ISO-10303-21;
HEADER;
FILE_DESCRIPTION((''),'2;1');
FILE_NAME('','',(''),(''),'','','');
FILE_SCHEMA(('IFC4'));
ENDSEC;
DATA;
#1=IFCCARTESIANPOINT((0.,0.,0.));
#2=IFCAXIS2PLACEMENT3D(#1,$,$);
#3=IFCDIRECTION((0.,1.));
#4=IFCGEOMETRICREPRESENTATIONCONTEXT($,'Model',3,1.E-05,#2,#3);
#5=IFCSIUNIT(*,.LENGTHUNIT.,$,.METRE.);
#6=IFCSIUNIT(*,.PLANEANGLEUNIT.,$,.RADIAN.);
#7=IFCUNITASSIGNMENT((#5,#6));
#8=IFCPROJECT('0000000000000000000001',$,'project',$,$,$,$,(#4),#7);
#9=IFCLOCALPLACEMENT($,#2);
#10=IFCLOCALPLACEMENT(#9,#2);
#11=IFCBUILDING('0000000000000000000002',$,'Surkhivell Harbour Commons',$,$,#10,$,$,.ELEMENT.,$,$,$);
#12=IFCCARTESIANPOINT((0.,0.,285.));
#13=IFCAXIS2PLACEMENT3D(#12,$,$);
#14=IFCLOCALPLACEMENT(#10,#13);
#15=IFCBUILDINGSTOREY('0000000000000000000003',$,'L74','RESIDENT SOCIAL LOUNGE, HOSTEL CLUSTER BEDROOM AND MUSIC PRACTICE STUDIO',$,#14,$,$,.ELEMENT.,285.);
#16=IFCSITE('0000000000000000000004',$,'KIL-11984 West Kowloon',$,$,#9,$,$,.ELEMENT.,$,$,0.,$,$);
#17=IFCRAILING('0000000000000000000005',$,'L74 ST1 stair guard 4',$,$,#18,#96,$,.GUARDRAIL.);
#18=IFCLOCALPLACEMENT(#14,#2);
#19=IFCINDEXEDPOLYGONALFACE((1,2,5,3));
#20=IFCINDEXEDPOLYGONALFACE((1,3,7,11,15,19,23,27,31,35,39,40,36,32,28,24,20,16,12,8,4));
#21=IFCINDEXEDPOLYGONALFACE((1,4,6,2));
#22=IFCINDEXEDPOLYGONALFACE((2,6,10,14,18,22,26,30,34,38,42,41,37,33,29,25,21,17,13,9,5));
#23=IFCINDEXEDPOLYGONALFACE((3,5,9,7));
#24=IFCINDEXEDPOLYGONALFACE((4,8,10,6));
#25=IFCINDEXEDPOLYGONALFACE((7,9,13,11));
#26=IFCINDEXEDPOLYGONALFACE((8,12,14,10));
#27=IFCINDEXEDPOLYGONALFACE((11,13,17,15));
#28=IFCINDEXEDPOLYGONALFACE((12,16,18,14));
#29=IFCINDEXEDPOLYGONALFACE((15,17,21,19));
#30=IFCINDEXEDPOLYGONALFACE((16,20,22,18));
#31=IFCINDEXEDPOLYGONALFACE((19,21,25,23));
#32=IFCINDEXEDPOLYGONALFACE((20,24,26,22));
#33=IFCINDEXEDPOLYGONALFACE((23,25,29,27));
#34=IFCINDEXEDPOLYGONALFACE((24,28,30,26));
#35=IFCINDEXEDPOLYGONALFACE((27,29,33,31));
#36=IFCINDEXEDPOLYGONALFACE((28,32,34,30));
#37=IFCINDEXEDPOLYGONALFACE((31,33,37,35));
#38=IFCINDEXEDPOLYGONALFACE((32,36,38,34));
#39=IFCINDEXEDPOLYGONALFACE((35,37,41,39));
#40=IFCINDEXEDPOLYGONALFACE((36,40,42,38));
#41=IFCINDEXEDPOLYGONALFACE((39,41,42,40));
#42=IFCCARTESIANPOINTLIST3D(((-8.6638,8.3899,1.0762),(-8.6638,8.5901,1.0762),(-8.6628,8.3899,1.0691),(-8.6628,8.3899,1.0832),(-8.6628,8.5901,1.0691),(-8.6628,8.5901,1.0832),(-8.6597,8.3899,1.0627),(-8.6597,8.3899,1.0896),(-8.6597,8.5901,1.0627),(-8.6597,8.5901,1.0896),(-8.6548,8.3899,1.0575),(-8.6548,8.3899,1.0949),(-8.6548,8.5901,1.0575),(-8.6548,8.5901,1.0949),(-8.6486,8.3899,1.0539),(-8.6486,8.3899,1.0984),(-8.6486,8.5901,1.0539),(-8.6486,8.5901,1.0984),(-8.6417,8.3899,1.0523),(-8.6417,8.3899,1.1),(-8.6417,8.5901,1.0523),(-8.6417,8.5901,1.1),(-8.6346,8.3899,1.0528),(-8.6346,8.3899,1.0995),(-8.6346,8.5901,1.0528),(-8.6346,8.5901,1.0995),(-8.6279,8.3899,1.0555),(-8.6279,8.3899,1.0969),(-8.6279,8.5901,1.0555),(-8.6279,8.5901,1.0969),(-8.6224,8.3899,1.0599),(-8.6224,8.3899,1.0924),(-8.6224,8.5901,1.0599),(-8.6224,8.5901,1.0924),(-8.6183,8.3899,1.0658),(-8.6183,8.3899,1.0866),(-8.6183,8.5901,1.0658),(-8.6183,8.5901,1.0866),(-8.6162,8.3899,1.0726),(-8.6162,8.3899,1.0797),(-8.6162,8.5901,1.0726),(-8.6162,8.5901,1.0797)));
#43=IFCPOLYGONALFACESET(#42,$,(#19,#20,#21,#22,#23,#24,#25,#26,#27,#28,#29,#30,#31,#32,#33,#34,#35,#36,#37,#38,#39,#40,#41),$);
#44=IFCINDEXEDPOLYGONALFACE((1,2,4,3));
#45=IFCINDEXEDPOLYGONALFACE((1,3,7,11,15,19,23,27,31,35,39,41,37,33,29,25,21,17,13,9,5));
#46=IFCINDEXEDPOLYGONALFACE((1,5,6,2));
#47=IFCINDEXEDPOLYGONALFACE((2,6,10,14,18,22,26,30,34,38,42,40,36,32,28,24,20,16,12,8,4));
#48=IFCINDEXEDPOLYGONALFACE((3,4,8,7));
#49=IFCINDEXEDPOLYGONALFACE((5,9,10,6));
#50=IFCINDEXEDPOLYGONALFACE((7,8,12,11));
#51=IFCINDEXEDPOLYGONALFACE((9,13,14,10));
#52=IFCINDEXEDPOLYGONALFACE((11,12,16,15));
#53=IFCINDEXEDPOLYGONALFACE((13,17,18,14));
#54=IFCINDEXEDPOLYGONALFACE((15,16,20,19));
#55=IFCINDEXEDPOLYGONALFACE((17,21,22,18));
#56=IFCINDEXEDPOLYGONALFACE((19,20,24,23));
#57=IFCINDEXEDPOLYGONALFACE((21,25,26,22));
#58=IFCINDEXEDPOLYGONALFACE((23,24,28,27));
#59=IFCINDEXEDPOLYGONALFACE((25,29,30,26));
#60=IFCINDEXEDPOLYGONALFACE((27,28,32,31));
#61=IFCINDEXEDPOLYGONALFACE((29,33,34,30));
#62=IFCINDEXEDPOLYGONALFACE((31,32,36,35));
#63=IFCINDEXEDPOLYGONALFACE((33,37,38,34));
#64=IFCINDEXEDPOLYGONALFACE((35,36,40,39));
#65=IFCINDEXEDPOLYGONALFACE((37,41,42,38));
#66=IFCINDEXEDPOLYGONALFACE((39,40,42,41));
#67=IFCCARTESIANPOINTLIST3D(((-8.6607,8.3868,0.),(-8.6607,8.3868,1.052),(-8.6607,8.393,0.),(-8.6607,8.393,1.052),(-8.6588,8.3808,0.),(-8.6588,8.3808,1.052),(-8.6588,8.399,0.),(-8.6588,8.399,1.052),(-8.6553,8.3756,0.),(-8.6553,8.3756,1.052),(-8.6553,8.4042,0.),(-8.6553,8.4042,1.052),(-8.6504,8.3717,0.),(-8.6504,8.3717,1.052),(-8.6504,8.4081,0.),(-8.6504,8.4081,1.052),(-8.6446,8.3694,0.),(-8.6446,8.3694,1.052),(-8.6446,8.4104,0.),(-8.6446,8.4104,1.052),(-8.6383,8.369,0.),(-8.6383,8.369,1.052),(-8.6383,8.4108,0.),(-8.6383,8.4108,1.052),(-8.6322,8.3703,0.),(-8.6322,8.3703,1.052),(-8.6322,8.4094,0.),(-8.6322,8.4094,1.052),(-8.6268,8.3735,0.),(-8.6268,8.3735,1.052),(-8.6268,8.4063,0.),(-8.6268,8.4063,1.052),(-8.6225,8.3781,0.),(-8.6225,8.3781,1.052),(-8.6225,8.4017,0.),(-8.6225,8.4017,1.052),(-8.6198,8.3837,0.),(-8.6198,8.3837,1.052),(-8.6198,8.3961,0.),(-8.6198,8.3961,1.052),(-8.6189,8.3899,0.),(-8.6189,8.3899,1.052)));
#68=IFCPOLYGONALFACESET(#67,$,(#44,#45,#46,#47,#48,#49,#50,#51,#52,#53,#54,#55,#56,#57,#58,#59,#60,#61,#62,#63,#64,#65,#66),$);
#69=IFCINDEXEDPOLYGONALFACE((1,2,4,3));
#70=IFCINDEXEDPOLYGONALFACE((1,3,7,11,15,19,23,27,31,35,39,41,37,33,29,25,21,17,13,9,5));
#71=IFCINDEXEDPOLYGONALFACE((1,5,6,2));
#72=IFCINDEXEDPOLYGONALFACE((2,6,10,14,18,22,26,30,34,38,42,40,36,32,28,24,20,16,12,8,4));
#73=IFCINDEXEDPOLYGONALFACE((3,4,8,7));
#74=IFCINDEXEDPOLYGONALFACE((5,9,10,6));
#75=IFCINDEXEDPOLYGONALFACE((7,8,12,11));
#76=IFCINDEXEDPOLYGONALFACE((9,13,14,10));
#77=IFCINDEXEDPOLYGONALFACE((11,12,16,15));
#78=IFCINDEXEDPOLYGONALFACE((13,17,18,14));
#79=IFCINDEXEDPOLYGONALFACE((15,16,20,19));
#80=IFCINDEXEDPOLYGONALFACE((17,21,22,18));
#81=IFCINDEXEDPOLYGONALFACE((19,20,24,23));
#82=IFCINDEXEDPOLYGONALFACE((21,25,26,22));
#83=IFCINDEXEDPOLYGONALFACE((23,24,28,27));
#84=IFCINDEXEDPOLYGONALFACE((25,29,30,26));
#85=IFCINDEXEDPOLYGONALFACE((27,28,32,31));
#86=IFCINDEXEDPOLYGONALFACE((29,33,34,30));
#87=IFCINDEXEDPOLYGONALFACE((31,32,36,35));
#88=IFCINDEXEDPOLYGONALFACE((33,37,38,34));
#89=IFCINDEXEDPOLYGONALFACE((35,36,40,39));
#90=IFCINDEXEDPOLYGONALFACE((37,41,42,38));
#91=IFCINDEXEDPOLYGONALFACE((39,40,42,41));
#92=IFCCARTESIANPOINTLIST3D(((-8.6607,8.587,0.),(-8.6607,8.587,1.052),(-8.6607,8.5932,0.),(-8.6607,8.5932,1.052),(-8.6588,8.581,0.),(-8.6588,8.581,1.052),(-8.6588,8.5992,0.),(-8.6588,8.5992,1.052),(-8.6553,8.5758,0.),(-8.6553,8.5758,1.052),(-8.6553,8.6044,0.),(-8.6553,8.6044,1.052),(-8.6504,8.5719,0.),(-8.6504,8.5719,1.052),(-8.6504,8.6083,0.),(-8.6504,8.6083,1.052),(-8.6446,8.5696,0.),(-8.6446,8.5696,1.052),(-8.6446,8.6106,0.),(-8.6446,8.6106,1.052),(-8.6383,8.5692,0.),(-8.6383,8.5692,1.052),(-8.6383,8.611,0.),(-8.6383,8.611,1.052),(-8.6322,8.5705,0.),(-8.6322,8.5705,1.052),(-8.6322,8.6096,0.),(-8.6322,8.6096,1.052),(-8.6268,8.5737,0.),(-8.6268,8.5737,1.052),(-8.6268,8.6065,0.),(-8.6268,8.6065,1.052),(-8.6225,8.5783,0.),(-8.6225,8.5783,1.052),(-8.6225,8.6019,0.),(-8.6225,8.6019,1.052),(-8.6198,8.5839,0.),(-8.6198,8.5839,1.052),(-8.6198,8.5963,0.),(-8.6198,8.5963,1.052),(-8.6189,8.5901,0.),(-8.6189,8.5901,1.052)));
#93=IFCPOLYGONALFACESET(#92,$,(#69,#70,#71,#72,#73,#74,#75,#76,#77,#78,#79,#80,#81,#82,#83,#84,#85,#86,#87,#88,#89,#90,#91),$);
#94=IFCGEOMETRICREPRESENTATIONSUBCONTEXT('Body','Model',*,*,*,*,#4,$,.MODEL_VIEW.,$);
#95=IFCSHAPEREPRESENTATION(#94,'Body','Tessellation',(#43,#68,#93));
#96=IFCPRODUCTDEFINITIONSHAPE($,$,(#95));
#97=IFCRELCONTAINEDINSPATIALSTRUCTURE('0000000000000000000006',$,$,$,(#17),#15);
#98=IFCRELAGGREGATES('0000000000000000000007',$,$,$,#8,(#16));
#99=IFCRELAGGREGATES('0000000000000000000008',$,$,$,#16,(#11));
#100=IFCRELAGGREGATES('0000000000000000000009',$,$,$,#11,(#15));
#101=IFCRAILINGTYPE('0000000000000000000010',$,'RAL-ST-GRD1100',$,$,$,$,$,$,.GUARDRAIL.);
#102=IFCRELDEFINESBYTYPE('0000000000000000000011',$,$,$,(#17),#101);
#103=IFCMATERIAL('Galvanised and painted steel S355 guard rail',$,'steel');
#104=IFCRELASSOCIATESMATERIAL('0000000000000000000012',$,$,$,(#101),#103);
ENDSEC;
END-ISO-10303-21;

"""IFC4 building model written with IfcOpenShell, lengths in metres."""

from ifc_helpers import new_model, si_unit, direction, frame, origin, origin_2d, place, context, subcontext, project, spatial, circle, extrude, material, type_object, element, save


model = new_model("IFC4")

# Units and contexts
model_context = context("Model", 3, precision=1e-05, world=origin(), true_north=direction((0.0, 1.0)))
body_context = subcontext(model_context, "Body", "Model", "MODEL_VIEW")
ifc_project = project(units=[si_unit("LENGTHUNIT", "METRE"), si_unit("PLANEANGLEUNIT", "RADIAN")], contexts=[model_context])

# Site, building, storey
site_placement = place(None, origin())
site = spatial("IfcSite", under=ifc_project, at=site_placement, Name="KIL-11984 West Kowloon", CompositionType="ELEMENT", RefElevation=0.0)
building_placement = place(site_placement, origin())
building = spatial("IfcBuilding", under=site, at=building_placement, Name="Surkhivell Harbour Commons", CompositionType="ELEMENT")
storey_placement = place(building_placement, frame((0.0, 0.0, 285.0)))
storey = spatial("IfcBuildingStorey", under=building, at=storey_placement, Name="L74", Description="RESIDENT SOCIAL LOUNGE, HOSTEL CLUSTER BEDROOM AND MUSIC PRACTICE STUDIO", CompositionType="ELEMENT", Elevation=285.0)

# Railing
ifc_material_1 = material(Name="Galvanised and painted steel S355 guard rail", Category="steel")
railing_type_1 = type_object("IfcRailingType", Name="RAL-ST-GRD1100", PredefinedType="GUARDRAIL", material=ifc_material_1)
railing_1_placement = place(storey_placement, frame((-8.6399, 8.3899, 0.0)))
element("IfcRailing", 1, at=railing_1_placement, inside=storey, type_object=railing_type_1, Name="L74 ST1 stair guard 4", PredefinedType="GUARDRAIL", context=body_context, shape_type="SweptSolid", body=[
    extrude(circle(Radius=0.0239, at=origin_2d()), frame((0.0, 0.0, 1.0762), z_axis=(0.0, 1.0, 0.0), x_axis=(-1.0, 0.0, 0.0)), (0.0, 0.0, 1.0), 0.2002),
    extrude(circle(Radius=0.021, at=origin_2d()), origin(), (0.0, 0.0, 1.0), 1.052),
    extrude(circle(Radius=0.021, at=origin_2d()), frame((0.0, 0.2002, 0.0)), (0.0, 0.0, 1.0), 1.052),
])

save(model, "model.ifc")
